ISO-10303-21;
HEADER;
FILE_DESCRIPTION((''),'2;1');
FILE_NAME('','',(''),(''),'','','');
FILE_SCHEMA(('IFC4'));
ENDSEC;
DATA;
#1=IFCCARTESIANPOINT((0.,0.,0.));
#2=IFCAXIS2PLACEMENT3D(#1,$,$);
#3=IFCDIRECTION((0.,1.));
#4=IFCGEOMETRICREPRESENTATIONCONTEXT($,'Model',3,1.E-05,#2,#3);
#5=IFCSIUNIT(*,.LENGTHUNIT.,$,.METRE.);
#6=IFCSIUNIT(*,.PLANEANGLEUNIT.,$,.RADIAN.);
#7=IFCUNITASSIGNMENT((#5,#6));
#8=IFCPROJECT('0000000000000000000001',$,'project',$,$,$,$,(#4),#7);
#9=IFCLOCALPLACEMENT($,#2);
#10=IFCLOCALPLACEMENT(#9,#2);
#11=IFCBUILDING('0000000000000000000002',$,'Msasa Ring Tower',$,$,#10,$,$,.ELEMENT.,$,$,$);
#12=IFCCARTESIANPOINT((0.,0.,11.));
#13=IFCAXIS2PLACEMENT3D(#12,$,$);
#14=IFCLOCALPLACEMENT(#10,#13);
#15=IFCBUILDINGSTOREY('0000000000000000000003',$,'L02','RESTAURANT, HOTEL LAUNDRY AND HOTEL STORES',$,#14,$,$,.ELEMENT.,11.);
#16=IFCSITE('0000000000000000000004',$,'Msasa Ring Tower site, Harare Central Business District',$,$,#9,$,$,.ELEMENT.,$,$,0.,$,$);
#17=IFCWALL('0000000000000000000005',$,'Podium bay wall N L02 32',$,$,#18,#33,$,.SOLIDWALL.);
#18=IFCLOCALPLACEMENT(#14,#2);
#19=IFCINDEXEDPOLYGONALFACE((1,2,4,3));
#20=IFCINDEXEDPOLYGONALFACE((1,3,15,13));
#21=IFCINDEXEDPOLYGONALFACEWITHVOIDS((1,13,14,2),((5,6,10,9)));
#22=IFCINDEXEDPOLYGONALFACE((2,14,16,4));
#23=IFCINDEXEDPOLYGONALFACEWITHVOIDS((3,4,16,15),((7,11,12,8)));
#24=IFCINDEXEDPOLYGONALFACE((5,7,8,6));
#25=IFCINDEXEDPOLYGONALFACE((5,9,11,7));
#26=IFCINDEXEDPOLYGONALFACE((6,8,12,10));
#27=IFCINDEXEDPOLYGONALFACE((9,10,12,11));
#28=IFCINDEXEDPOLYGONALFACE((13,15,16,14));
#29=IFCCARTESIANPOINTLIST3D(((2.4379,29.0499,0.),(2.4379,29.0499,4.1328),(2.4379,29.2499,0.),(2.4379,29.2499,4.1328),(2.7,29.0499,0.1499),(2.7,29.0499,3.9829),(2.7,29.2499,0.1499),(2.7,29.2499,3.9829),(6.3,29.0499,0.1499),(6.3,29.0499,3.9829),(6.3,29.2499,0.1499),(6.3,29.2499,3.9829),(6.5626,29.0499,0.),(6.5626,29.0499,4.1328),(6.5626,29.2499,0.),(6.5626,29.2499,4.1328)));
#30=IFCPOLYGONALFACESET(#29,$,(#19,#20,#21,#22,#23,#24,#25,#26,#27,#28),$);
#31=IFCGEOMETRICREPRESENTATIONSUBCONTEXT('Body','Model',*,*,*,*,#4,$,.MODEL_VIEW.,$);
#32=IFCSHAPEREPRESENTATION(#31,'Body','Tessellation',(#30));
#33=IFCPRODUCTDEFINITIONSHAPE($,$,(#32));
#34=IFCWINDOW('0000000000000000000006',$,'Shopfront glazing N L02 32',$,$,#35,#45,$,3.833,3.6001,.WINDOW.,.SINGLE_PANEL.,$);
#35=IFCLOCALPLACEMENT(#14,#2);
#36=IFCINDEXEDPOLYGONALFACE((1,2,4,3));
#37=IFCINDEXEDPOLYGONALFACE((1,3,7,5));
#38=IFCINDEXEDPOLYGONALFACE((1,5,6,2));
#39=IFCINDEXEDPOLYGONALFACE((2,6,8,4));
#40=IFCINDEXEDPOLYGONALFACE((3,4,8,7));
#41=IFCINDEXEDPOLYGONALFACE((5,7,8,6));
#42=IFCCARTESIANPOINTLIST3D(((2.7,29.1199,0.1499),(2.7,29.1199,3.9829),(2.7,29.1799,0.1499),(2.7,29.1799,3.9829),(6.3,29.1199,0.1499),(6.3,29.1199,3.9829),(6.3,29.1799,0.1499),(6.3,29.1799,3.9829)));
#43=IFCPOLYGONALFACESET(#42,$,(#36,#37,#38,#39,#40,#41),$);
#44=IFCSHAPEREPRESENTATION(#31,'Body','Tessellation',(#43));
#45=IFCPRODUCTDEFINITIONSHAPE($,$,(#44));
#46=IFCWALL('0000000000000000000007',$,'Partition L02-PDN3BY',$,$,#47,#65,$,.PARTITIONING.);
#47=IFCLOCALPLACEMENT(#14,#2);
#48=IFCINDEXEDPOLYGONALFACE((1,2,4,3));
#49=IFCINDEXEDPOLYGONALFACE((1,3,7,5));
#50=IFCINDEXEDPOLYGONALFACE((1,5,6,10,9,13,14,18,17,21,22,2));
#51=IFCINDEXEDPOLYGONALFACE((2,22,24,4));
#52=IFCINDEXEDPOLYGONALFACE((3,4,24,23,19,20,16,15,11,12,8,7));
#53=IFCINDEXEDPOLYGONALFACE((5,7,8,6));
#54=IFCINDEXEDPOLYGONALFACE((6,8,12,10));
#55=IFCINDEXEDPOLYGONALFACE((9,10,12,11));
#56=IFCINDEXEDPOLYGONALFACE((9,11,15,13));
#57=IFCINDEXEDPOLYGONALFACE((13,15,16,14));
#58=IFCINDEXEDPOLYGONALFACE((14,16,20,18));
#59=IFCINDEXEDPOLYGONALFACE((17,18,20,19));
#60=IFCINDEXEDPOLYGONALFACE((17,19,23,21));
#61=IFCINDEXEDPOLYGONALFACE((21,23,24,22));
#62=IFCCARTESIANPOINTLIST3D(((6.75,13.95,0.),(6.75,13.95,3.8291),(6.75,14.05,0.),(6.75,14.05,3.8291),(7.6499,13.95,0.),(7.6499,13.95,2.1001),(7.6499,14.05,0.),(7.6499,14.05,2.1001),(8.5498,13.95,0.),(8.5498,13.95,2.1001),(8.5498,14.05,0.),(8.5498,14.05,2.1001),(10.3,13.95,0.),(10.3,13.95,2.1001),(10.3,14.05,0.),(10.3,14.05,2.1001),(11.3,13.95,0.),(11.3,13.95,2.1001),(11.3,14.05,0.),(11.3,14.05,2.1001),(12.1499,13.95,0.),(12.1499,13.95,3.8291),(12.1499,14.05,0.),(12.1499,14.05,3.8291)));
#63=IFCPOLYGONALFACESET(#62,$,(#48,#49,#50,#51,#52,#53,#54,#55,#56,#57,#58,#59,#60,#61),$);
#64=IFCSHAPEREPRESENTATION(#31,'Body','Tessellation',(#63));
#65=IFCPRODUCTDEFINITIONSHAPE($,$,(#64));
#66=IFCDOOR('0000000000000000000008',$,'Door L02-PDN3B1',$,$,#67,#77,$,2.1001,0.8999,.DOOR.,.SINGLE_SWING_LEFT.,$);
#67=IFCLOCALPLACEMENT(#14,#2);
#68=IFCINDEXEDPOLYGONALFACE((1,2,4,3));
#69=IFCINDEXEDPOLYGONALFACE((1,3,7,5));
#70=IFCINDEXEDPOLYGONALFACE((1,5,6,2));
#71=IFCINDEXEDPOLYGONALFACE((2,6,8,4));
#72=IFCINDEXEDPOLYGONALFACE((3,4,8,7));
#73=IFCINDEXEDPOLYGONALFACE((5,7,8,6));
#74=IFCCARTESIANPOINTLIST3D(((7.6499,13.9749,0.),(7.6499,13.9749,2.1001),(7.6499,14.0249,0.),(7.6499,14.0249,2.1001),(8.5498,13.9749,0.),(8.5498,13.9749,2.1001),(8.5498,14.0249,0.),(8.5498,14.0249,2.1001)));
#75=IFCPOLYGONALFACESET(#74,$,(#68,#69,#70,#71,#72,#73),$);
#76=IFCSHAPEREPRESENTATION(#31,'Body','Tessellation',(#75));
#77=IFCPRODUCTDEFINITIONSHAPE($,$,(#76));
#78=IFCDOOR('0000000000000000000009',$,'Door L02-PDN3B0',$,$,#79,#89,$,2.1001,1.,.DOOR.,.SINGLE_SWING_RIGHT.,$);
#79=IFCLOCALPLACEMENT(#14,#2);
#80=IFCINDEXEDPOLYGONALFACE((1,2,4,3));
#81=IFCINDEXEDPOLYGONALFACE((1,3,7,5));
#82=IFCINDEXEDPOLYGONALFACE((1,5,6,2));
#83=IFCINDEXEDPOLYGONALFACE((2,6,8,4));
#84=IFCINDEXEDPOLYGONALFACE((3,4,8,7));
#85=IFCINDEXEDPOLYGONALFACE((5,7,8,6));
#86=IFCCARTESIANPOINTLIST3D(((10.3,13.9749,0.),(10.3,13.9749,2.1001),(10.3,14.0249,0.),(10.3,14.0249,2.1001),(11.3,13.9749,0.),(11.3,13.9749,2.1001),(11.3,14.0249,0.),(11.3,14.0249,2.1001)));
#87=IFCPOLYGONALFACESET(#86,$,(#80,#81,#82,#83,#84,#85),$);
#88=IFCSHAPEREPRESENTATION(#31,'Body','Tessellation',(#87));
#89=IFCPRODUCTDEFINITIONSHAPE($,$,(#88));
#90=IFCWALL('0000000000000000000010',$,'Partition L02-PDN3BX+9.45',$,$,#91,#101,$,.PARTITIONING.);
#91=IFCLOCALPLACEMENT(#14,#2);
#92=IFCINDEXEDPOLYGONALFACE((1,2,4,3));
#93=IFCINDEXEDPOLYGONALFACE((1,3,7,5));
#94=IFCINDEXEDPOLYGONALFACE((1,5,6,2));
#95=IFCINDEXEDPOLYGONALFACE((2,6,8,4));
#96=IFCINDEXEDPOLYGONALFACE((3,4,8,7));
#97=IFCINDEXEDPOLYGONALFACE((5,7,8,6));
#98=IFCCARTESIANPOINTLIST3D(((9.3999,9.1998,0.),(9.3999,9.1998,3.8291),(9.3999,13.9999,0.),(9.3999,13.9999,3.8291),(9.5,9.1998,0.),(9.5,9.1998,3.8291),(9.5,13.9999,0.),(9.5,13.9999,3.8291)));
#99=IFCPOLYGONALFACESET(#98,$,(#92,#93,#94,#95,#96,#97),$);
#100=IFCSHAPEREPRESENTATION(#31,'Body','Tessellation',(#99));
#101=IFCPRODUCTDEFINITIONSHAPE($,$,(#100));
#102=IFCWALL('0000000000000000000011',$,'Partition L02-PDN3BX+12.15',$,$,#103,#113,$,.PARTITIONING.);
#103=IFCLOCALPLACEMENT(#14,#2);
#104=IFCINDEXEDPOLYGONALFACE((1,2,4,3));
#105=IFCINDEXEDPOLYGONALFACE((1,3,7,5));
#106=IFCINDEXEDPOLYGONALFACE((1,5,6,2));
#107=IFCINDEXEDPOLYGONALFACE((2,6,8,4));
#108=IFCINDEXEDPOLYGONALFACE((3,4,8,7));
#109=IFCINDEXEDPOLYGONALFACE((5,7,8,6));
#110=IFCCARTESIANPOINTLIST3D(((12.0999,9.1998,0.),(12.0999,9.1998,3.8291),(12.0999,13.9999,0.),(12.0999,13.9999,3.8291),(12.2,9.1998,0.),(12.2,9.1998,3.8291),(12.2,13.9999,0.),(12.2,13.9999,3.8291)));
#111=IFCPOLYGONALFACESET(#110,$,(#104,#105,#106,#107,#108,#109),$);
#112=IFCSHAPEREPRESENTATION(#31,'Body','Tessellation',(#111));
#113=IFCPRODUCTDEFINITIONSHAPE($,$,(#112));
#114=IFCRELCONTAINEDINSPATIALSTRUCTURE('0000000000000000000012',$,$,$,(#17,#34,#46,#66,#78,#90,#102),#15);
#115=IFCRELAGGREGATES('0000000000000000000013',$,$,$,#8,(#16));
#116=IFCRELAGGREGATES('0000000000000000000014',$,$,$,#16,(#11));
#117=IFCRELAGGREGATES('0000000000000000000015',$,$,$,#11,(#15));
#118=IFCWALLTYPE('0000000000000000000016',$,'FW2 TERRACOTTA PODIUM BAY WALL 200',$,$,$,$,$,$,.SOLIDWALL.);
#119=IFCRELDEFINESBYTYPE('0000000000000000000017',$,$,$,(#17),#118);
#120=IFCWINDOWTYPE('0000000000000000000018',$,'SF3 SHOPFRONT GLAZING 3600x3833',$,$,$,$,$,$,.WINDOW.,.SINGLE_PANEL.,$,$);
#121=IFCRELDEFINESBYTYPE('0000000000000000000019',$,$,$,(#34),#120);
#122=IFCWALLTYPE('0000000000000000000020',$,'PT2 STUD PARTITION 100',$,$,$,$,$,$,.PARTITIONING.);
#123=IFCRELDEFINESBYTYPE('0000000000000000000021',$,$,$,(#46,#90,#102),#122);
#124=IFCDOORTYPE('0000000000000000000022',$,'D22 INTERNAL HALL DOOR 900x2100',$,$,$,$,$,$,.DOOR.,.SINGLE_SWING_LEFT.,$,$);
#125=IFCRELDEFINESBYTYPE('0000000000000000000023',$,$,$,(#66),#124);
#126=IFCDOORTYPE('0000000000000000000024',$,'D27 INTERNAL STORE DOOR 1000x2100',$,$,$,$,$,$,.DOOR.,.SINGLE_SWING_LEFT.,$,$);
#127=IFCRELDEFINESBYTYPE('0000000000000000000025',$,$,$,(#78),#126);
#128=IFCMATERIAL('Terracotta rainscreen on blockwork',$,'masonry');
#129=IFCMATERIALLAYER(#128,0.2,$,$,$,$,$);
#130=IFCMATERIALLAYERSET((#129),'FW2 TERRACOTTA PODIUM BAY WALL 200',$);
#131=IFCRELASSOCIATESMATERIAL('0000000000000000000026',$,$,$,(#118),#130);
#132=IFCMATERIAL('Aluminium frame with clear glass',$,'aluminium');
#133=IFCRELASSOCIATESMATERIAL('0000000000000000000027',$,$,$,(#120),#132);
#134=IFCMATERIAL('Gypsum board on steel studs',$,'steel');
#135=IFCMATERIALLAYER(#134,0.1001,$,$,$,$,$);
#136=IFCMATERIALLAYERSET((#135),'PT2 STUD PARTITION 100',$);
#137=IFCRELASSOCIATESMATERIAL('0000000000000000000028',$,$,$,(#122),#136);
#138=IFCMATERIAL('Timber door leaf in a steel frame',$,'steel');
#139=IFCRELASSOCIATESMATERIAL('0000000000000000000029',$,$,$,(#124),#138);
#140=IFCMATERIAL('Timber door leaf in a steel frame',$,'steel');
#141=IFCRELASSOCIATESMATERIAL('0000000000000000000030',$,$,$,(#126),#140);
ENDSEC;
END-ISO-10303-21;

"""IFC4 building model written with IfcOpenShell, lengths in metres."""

from ifc_helpers import new_model, si_unit, direction, frame, frame_2d, origin, place, context, subcontext, project, spatial, rectangle, extrude, material, layer, layer_set, type_object, element, fill, save


model = new_model("IFC4")

# Units and contexts
model_context = context("Model", 3, precision=1e-05, world=origin(), true_north=direction((0.0, 1.0)))
body_context = subcontext(model_context, "Body", "Model", "MODEL_VIEW")
ifc_project = project(units=[si_unit("LENGTHUNIT", "METRE"), si_unit("PLANEANGLEUNIT", "RADIAN")], contexts=[model_context])

# Site, building, storey
site_placement = place(None, origin())
site = spatial("IfcSite", under=ifc_project, at=site_placement, Name="Msasa Ring Tower site, Harare Central Business District", CompositionType="ELEMENT", RefElevation=0.0)
building_placement = place(site_placement, origin())
building = spatial("IfcBuilding", under=site, at=building_placement, Name="Msasa Ring Tower", CompositionType="ELEMENT")
storey_placement = place(building_placement, frame((0.0, 0.0, 11.0)))
storey = spatial("IfcBuildingStorey", under=building, at=storey_placement, Name="L02", Description="RESTAURANT, HOTEL LAUNDRY AND HOTEL STORES", CompositionType="ELEMENT", Elevation=11.0)

# Wall, opening, window
ifc_material_1 = material(Name="Terracotta rainscreen on blockwork", Category="masonry")
ifc_layer_1 = layer(ifc_material_1, 0.2)
ifc_layer_set_1 = layer_set([ifc_layer_1], Name="FW2 TERRACOTTA PODIUM BAY WALL 200")
wall_type_1 = type_object("IfcWallType", Name="FW2 TERRACOTTA PODIUM BAY WALL 200", PredefinedType="SOLIDWALL", material=ifc_layer_set_1)
wall_1_placement = place(storey_placement, frame((2.4377, 29.1499, 0.0), z_axis=(0.0, 0.0, 1.0), x_axis=(1.0, 0.0, 0.0)))
wall_1 = element("IfcWall", 1, at=wall_1_placement, inside=storey, type_object=wall_type_1, Name="Podium bay wall N L02 32", PredefinedType="SOLIDWALL", context=body_context, shape_type="SweptSolid", body=[
    extrude(rectangle(XDim=4.1248, YDim=0.2, at=frame_2d((2.0625, 0.0))), origin(), (0.0, 0.0, 1.0), 4.1328),
])
opening_1_placement = place(wall_1_placement, frame((0.2622, 0.0, 0.1499)))
opening_1 = element("IfcOpeningElement", 2, at=opening_1_placement, cuts=wall_1, PredefinedType="OPENING", context=body_context, shape_type="SweptSolid", body=[
    extrude(rectangle(XDim=3.6001, YDim=3.833, at=frame_2d((1.8, 1.9165))), frame((0.0, 0.1099, 0.0), z_axis=(0.0, -1.0, 0.0), x_axis=(1.0, 0.0, 0.0)), (0.0, 0.0, 1.0), 0.22),
])
ifc_material_2 = material(Name="Aluminium frame with clear glass", Category="aluminium")
window_type = type_object("IfcWindowType", Name="SF3 SHOPFRONT GLAZING 3600x3833", PartitioningType="SINGLE_PANEL", PredefinedType="WINDOW", material=ifc_material_2)
window_placement = place(opening_1_placement, origin())
window = element("IfcWindow", 3, at=window_placement, inside=storey, type_object=window_type, Name="Shopfront glazing N L02 32", OverallHeight=3.833, OverallWidth=3.6001, PartitioningType="SINGLE_PANEL", PredefinedType="WINDOW", context=body_context, shape_type="SweptSolid", body=[
    extrude(rectangle(XDim=3.6001, YDim=3.833, at=frame_2d((1.8, 1.9165))), frame((0.0, 0.03, 0.0), z_axis=(0.0, -1.0, 0.0), x_axis=(1.0, 0.0, 0.0)), (0.0, 0.0, 1.0), 0.0601),
])
fill(opening_1, window)

# Wall, openings, doors
ifc_material_3 = material(Name="Gypsum board on steel studs", Category="steel")
ifc_layer_2 = layer(ifc_material_3, 0.1001)
ifc_layer_set_2 = layer_set([ifc_layer_2], Name="PT2 STUD PARTITION 100")
wall_type_2 = type_object("IfcWallType", Name="PT2 STUD PARTITION 100", PredefinedType="PARTITIONING", material=ifc_layer_set_2)
wall_2_placement = place(storey_placement, frame((6.75, 14.0, 0.0), z_axis=(0.0, 0.0, 1.0), x_axis=(1.0, 0.0, 0.0)))
wall_2 = element("IfcWall", 4, at=wall_2_placement, inside=storey, type_object=wall_type_2, Name="Partition L02-PDN3BY", PredefinedType="PARTITIONING", context=body_context, shape_type="SweptSolid", body=[
    extrude(rectangle(XDim=5.3999, YDim=0.1001, at=frame_2d((2.7, 0.0))), origin(), (0.0, 0.0, 1.0), 3.8291),
])
opening_2_placement = place(wall_2_placement, frame((3.55, 0.0, 0.0)))
opening_2 = element("IfcOpeningElement", 5, at=opening_2_placement, cuts=wall_2, PredefinedType="OPENING", context=body_context, shape_type="SweptSolid", body=[
    extrude(rectangle(XDim=1.0, YDim=2.1001, at=frame_2d((0.5, 1.05))), frame((0.0, 0.0601, 0.0), z_axis=(0.0, -1.0, 0.0), x_axis=(1.0, 0.0, 0.0)), (0.0, 0.0, 1.0), 0.1201),
])
opening_3_placement = place(wall_2_placement, frame((0.8999, 0.0, 0.0)))
opening_3 = element("IfcOpeningElement", 6, at=opening_3_placement, cuts=wall_2, PredefinedType="OPENING", context=body_context, shape_type="SweptSolid", body=[
    extrude(rectangle(XDim=0.8999, YDim=2.1001, at=frame_2d((0.45, 1.05))), frame((0.0, 0.0601, 0.0), z_axis=(0.0, -1.0, 0.0), x_axis=(1.0, 0.0, 0.0)), (0.0, 0.0, 1.0), 0.1201),
])
ifc_material_4 = material(Name="Timber door leaf in a steel frame", Category="steel")
door_type_1 = type_object("IfcDoorType", Name="D22 INTERNAL HALL DOOR 900x2100", OperationType="SINGLE_SWING_LEFT", PredefinedType="DOOR", material=ifc_material_4)
door_1_placement = place(opening_3_placement, origin())
door_1 = element("IfcDoor", 7, at=door_1_placement, inside=storey, type_object=door_type_1, Name="Door L02-PDN3B1", OperationType="SINGLE_SWING_LEFT", OverallHeight=2.1001, OverallWidth=0.8999, PredefinedType="DOOR", context=body_context, shape_type="SweptSolid", body=[
    extrude(rectangle(XDim=0.8999, YDim=2.1001, at=frame_2d((0.45, 1.05))), frame((0.0, 0.0249, 0.0), z_axis=(0.0, -1.0, 0.0), x_axis=(1.0, 0.0, 0.0)), (0.0, 0.0, 1.0), 0.05),
])
fill(opening_3, door_1)
ifc_material_5 = material(Name="Timber door leaf in a steel frame", Category="steel")
door_type_2 = type_object("IfcDoorType", Name="D27 INTERNAL STORE DOOR 1000x2100", OperationType="SINGLE_SWING_LEFT", PredefinedType="DOOR", material=ifc_material_5)
door_2_placement = place(opening_2_placement, origin())
door_2 = element("IfcDoor", 8, at=door_2_placement, inside=storey, type_object=door_type_2, Name="Door L02-PDN3B0", OperationType="SINGLE_SWING_RIGHT", OverallHeight=2.1001, OverallWidth=1.0, PredefinedType="DOOR", context=body_context, shape_type="SweptSolid", body=[
    extrude(rectangle(XDim=1.0, YDim=2.1001, at=frame_2d((0.5, 1.05))), frame((0.0, 0.0249, 0.0), z_axis=(0.0, -1.0, 0.0), x_axis=(1.0, 0.0, 0.0)), (0.0, 0.0, 1.0), 0.05),
])
fill(opening_2, door_2)

# Walls
for number, where, z_axis, x_axis, name in (
    (9, (9.45, 9.2, 0.0), (0.0, 0.0, 1.0), (0.0, 1.0, 0.0), "Partition L02-PDN3BX+9.45"),
    (10, (12.1499, 9.2, 0.0), (0.0, 0.0, 1.0), (0.0, 1.0, 0.0), "Partition L02-PDN3BX+12.15"),
):
    element("IfcWall", number, at=place(storey_placement, frame(where, z_axis=z_axis, x_axis=x_axis)), inside=storey, type_object=wall_type_2, Name=name, PredefinedType="PARTITIONING", context=body_context, shape_type="SweptSolid", body=[
        extrude(rectangle(XDim=4.8, YDim=0.1001, at=frame_2d((2.3999, 0.0))), origin(), (0.0, 0.0, 1.0), 3.8291),
    ])

save(model, "model.ifc")
